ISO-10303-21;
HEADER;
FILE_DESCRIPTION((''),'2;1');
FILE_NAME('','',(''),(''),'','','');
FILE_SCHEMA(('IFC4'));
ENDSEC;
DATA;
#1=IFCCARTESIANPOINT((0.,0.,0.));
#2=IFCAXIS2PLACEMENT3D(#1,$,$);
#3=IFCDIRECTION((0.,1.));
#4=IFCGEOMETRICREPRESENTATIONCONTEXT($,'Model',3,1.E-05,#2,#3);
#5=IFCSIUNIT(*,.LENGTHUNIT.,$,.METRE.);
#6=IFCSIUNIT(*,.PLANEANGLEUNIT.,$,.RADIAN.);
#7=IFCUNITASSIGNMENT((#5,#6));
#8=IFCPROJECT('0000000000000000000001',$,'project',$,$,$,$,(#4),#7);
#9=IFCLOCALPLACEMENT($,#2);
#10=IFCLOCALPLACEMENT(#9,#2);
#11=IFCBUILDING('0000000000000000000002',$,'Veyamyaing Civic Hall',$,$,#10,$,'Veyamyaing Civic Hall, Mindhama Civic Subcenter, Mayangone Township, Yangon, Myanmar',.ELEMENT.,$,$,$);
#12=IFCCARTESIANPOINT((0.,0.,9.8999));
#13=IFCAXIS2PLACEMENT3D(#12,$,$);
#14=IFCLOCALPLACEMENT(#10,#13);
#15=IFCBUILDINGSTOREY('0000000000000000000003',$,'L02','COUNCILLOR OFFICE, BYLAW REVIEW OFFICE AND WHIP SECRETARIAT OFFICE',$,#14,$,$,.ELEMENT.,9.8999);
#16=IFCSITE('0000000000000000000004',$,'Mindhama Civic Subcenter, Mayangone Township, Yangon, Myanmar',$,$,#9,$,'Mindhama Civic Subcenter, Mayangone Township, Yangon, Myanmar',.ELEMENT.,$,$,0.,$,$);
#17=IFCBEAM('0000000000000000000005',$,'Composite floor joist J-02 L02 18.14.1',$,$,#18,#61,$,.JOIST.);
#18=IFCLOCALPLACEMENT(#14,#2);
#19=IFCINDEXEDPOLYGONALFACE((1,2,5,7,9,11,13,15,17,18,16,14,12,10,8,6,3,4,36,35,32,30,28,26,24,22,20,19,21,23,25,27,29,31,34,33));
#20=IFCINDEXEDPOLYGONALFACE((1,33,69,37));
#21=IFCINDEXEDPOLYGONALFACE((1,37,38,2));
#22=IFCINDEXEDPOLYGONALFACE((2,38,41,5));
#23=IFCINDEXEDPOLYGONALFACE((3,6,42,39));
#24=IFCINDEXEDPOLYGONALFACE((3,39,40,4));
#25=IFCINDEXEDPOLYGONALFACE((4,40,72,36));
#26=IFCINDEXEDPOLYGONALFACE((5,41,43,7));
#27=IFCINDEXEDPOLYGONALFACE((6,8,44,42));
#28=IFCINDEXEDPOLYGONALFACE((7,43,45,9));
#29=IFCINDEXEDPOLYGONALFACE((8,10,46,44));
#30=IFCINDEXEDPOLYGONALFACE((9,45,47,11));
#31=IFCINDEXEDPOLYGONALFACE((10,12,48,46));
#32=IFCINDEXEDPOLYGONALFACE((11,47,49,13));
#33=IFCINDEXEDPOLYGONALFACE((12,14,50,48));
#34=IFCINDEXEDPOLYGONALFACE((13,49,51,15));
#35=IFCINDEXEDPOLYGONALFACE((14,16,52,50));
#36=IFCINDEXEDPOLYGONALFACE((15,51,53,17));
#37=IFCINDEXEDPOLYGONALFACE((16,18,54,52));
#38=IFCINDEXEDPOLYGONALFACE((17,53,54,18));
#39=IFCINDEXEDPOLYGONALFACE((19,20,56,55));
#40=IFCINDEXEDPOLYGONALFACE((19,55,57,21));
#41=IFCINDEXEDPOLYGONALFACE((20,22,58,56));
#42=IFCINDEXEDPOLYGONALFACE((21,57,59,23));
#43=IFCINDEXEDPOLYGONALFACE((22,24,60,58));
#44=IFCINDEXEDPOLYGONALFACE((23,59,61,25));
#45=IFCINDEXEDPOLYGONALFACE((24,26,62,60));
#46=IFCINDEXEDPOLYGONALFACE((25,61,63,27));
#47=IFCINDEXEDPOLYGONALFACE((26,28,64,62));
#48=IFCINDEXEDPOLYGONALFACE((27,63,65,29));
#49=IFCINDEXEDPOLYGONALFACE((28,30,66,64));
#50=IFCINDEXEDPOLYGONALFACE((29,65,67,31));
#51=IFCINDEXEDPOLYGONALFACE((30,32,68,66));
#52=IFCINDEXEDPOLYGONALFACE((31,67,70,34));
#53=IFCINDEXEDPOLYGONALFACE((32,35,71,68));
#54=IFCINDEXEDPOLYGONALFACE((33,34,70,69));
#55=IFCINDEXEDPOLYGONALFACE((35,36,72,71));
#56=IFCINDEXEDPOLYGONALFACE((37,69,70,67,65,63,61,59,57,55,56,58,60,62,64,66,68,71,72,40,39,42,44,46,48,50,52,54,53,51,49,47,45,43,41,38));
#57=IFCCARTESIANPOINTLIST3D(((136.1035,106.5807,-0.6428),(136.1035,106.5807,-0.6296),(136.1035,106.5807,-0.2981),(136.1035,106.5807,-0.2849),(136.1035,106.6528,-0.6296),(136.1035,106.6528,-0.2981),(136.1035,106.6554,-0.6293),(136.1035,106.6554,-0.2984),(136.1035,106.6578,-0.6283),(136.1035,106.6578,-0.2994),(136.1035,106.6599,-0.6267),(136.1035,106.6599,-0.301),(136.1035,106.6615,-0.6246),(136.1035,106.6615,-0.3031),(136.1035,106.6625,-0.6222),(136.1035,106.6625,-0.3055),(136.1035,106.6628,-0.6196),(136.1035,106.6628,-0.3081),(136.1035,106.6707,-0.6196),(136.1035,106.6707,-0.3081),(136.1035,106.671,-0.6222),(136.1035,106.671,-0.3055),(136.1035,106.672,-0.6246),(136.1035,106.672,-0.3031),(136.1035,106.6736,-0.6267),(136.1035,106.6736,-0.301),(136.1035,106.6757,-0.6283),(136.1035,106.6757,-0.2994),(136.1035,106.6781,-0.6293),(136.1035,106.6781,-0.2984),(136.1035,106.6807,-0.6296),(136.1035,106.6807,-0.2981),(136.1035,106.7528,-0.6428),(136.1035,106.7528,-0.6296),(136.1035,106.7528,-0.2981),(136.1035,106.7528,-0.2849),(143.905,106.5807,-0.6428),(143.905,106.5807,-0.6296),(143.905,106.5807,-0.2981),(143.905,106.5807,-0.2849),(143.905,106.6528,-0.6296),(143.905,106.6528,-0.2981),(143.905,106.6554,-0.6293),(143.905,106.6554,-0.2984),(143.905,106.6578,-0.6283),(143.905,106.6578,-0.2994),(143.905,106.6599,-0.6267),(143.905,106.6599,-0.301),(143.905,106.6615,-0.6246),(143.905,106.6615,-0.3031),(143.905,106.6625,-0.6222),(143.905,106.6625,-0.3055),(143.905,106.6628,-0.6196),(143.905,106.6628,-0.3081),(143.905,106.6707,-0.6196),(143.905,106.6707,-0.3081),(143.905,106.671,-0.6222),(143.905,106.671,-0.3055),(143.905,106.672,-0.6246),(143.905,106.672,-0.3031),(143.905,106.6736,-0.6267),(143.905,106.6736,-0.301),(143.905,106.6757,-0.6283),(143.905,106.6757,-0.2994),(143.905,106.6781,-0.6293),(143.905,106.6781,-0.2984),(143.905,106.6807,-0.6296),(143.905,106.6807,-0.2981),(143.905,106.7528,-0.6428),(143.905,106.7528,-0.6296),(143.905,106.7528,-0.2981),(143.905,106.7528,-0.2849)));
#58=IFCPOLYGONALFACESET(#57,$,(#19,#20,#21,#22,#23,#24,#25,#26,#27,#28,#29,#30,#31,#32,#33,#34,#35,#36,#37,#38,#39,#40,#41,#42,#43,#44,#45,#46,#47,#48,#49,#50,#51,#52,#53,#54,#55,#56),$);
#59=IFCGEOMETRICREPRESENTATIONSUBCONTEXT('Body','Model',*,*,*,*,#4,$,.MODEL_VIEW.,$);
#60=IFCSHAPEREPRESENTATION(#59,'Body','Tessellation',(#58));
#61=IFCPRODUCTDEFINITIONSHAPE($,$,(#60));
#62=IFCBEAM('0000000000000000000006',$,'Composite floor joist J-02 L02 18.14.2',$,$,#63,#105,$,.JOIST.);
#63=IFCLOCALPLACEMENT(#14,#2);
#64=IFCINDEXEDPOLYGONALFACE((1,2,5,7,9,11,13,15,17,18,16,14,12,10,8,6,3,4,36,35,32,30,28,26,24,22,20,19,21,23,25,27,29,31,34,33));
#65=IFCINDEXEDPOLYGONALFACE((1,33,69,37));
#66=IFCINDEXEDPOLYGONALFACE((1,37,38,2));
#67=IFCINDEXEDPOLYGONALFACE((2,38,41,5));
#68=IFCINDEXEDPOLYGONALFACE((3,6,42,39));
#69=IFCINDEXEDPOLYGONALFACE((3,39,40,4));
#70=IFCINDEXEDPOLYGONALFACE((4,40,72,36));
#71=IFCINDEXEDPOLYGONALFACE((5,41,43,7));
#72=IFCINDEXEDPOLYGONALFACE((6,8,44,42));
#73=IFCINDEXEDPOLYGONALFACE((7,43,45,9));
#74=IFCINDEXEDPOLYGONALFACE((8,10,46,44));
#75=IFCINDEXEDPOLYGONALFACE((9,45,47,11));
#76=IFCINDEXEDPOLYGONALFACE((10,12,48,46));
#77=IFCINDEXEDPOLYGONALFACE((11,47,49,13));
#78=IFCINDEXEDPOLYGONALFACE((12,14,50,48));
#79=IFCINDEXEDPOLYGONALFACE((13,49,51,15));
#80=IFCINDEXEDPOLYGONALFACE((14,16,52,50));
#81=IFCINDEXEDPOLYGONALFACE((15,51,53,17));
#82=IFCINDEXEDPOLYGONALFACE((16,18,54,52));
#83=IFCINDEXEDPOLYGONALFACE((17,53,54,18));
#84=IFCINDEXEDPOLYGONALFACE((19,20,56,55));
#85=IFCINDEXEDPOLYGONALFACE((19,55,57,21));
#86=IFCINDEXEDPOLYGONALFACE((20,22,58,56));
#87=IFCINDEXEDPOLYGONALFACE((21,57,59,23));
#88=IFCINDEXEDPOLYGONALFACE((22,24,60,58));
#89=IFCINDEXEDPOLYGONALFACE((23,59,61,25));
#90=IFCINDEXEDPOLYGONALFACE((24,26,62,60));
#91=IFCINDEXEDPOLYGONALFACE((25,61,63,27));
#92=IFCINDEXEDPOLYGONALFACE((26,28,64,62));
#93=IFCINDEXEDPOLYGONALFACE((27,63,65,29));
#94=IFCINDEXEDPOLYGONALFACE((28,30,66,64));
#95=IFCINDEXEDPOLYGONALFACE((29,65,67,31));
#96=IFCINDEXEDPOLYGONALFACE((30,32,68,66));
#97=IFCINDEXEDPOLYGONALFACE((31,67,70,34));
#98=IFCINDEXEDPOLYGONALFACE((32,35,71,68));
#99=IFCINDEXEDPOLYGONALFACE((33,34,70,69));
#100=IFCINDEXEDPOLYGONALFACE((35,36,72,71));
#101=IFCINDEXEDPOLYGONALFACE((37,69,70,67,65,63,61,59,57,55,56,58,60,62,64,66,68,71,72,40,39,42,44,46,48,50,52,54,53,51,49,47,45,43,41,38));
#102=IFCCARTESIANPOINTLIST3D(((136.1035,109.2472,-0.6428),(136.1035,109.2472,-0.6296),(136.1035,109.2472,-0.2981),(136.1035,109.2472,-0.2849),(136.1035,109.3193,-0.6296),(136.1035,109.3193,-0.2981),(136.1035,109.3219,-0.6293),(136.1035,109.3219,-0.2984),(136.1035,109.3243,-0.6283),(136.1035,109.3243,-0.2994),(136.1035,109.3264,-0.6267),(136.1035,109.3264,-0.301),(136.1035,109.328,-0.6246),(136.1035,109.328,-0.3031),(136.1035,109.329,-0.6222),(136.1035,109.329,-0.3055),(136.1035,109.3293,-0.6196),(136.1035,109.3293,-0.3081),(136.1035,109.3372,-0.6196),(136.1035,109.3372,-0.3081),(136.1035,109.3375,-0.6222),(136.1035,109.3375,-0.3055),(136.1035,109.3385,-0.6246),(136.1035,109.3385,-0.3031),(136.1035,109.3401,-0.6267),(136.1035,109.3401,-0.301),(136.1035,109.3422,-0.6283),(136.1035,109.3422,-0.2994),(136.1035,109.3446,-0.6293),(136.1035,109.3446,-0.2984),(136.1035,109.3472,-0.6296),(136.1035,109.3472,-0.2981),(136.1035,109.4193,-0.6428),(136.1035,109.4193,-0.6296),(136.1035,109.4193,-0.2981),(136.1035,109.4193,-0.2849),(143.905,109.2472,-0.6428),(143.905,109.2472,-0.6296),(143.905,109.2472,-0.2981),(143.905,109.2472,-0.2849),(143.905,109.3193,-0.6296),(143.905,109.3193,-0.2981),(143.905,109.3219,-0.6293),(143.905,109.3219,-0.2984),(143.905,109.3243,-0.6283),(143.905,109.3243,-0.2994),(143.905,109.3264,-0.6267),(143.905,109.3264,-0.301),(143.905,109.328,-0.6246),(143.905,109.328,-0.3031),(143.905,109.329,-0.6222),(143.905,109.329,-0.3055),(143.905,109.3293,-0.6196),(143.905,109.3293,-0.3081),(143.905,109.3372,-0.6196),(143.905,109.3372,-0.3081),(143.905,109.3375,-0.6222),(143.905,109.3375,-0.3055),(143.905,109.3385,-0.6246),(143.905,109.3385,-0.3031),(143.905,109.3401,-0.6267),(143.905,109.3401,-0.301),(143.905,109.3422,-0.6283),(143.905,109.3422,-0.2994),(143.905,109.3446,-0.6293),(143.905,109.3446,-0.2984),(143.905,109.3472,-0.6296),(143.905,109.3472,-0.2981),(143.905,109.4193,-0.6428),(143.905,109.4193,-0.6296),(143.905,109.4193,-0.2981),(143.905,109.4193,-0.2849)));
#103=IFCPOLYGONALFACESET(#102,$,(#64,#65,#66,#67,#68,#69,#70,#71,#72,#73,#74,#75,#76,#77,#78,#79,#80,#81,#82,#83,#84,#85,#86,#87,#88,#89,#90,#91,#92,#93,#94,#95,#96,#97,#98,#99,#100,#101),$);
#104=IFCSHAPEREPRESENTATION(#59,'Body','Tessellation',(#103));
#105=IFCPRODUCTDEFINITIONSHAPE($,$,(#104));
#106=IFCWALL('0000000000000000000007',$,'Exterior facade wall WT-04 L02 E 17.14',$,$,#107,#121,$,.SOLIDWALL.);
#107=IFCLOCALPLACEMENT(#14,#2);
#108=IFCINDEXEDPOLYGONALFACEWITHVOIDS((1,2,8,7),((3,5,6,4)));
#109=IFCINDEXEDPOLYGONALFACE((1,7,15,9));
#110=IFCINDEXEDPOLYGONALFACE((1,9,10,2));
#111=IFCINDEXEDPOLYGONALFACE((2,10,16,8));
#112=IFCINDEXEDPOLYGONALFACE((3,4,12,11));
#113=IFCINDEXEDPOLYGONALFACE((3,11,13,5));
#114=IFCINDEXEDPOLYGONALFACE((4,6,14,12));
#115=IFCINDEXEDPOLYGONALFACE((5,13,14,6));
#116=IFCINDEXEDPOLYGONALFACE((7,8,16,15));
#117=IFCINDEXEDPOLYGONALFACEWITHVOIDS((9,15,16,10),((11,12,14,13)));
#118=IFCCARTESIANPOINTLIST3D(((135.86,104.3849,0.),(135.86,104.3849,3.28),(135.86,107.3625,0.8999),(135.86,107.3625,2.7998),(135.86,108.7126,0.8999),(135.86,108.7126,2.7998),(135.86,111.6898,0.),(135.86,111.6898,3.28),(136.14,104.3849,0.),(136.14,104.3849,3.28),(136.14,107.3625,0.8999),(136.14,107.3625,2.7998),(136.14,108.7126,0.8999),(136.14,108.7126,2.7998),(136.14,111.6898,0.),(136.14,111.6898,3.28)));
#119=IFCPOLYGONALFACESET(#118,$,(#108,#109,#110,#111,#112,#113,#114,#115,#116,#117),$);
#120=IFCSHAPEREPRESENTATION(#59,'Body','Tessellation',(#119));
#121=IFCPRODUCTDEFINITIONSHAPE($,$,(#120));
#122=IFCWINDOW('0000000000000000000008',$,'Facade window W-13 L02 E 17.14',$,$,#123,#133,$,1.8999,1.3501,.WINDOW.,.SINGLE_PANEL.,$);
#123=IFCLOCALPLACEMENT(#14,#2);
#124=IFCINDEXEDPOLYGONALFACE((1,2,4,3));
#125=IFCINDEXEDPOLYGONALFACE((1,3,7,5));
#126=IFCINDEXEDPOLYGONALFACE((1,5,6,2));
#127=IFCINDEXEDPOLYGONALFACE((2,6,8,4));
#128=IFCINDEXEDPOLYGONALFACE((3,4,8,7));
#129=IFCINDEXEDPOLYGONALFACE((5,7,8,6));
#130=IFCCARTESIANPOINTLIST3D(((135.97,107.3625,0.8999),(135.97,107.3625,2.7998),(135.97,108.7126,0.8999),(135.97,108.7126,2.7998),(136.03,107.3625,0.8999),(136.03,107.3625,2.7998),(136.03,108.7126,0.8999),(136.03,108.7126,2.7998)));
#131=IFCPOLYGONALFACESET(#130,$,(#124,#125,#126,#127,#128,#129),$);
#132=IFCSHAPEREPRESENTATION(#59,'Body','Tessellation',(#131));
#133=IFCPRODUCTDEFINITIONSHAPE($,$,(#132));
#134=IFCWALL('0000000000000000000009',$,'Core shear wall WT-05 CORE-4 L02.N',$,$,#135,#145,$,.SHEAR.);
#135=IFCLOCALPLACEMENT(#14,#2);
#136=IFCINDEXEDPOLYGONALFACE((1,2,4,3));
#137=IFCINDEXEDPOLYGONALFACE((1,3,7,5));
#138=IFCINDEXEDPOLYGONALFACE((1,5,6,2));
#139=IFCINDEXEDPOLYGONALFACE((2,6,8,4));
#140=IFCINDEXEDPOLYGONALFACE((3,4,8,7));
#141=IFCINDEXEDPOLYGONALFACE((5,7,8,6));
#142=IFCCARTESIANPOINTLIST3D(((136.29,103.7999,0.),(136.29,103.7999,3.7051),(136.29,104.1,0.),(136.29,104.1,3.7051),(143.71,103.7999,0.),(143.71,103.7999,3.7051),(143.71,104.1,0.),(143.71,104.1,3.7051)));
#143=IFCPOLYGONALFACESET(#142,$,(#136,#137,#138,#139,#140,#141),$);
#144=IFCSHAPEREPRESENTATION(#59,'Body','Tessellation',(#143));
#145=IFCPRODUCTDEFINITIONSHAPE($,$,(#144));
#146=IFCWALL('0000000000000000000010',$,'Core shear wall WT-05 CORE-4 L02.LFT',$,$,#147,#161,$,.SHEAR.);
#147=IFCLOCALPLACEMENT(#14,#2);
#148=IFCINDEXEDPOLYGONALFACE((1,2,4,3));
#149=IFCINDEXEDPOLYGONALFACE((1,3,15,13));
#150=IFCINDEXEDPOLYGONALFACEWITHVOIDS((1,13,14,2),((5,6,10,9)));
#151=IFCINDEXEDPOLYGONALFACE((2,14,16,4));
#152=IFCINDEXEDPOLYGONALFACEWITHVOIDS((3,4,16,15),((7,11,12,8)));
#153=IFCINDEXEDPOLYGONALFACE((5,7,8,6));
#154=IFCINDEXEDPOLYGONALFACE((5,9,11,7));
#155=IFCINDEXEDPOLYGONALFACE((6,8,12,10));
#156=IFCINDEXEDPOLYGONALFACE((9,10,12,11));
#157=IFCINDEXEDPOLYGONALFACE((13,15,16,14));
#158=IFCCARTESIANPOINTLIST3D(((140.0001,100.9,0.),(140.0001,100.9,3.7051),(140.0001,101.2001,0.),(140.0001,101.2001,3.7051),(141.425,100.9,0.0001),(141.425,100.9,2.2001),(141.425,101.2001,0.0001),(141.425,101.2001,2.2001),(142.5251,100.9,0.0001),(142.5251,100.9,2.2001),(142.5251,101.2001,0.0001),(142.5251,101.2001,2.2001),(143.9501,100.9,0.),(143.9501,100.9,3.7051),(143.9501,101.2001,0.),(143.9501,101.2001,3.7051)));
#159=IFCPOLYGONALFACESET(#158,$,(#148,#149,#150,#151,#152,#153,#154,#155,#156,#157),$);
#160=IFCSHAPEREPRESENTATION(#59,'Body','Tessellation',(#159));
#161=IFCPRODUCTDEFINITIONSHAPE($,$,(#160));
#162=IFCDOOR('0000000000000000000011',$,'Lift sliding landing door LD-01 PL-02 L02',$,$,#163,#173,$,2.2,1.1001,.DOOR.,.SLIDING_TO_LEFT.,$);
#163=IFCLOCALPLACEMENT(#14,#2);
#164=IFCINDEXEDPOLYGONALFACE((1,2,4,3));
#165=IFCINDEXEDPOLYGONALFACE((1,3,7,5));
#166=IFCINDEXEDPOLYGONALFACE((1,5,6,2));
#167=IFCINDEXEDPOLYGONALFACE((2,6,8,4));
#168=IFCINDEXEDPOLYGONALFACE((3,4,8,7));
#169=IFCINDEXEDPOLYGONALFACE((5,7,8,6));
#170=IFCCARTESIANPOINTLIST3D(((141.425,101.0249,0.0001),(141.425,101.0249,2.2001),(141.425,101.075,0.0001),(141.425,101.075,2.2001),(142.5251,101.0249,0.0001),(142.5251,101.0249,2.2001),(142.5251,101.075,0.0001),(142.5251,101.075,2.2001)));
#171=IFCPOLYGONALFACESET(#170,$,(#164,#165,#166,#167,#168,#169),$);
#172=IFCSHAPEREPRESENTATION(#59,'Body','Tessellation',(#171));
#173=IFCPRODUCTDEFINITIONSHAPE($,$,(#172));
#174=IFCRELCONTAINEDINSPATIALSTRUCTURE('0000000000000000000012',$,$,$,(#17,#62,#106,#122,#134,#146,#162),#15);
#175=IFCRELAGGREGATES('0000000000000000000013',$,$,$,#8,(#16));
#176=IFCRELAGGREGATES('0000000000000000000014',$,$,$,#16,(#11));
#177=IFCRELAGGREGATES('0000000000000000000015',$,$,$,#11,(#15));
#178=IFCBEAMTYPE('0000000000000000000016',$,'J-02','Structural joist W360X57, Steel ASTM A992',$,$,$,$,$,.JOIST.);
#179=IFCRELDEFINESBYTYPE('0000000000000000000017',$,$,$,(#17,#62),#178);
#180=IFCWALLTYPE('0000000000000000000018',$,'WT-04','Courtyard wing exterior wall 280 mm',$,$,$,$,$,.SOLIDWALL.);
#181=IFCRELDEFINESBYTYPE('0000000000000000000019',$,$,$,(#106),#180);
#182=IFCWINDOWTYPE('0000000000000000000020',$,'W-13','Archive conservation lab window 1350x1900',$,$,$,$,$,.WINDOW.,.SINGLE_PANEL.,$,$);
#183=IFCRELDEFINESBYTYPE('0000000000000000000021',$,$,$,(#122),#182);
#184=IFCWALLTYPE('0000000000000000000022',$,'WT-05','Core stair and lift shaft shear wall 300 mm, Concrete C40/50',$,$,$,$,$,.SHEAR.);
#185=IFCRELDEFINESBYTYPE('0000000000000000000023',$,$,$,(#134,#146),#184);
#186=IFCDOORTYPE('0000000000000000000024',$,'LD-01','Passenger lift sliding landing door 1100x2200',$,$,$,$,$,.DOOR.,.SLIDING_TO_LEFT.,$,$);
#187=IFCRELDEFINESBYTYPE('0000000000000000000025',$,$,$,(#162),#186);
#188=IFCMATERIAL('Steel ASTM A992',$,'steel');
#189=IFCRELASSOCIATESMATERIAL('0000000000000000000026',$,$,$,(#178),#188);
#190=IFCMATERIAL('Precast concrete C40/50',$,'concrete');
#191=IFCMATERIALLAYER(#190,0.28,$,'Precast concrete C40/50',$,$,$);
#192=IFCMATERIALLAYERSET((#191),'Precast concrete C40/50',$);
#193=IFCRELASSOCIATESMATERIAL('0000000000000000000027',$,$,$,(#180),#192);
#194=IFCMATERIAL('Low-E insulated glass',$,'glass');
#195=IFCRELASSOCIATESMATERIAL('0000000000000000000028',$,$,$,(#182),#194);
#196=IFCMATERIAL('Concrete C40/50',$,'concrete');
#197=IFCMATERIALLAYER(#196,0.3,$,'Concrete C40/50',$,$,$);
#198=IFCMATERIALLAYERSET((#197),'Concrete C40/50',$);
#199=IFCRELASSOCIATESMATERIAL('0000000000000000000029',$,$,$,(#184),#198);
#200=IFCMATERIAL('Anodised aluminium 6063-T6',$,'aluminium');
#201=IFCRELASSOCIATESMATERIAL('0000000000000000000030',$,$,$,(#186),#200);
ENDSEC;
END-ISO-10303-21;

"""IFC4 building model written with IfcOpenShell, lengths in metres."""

from ifc_helpers import new_model, si_unit, direction, frame, frame_2d, origin, origin_2d, place, context, subcontext, project, spatial, rectangle, i_section, extrude, material, layer, layer_set, material_profile, profile_set, type_object, element, fill, save


model = new_model("IFC4")

# Units and contexts
model_context = context("Model", 3, precision=1e-05, world=origin(), true_north=direction((0.0, 1.0)))
body_context = subcontext(model_context, "Body", "Model", "MODEL_VIEW")
ifc_project = project(units=[si_unit("LENGTHUNIT", "METRE"), si_unit("PLANEANGLEUNIT", "RADIAN")], contexts=[model_context])

# Site, building, storey
site_placement = place(None, origin())
site = spatial("IfcSite", under=ifc_project, at=site_placement, Name="Mindhama Civic Subcenter, Mayangone Township, Yangon, Myanmar", LongName="Mindhama Civic Subcenter, Mayangone Township, Yangon, Myanmar", CompositionType="ELEMENT", RefElevation=0.0)
building_placement = place(site_placement, origin())
building = spatial("IfcBuilding", under=site, at=building_placement, Name="Veyamyaing Civic Hall", LongName="Veyamyaing Civic Hall, Mindhama Civic Subcenter, Mayangone Township, Yangon, Myanmar", CompositionType="ELEMENT")
storey_placement = place(building_placement, frame((0.0, 0.0, 9.8999)))
storey = spatial("IfcBuildingStorey", under=building, at=storey_placement, Name="L02", Description="COUNCILLOR OFFICE, BYLAW REVIEW OFFICE AND WHIP SECRETARIAT OFFICE", CompositionType="ELEMENT", Elevation=9.8999)

# Beams
ifc_material_1 = material(Name="Steel ASTM A992", Category="steel")
ifc_material_profile_1 = material_profile(ifc_material_1, i_section(OverallWidth=0.1721, OverallDepth=0.3579, WebThickness=0.0078, FlangeThickness=0.0132, FilletRadius=0.01, at=origin_2d()), Name="W360X57")
ifc_profile_set_1 = profile_set([ifc_material_profile_1], Name="Steel ASTM A992")
beam_type_1 = type_object("IfcBeamType", Name="J-02", Description="Structural joist W360X57, Steel ASTM A992", PredefinedType="JOIST", material=ifc_profile_set_1)
for number, where, z_axis, x_axis, name in (
    (1, (136.1035, 106.6667, -0.4639), (1.0, 0.0, 0.0), (0.0, 1.0, 0.0), "Composite floor joist J-02 L02 18.14.1"),
    (2, (136.1035, 109.3333, -0.4639), (1.0, 0.0, 0.0), (0.0, 1.0, 0.0), "Composite floor joist J-02 L02 18.14.2"),
):
    element("IfcBeam", number, at=place(storey_placement, frame(where, z_axis=z_axis, x_axis=x_axis)), inside=storey, type_object=beam_type_1, Name=name, PredefinedType="JOIST", context=body_context, shape_type="SweptSolid", body=[
        extrude(i_section(OverallWidth=0.1721, OverallDepth=0.3579, WebThickness=0.0078, FlangeThickness=0.0132, FilletRadius=0.01, at=origin_2d()), origin(), (0.0, 0.0, 1.0), 7.8015),
    ])

# Wall, opening, window
ifc_material_2 = material(Name="Precast concrete C40/50", Category="concrete")
ifc_layer_1 = layer(ifc_material_2, 0.28, Name="Precast concrete C40/50")
ifc_layer_set_1 = layer_set([ifc_layer_1], Name="Precast concrete C40/50")
wall_type_1 = type_object("IfcWallType", Name="WT-04", Description="Courtyard wing exterior wall 280 mm", PredefinedType="SOLIDWALL", material=ifc_layer_set_1)
wall_1_placement = place(storey_placement, frame((136.0, 104.385, 0.0), z_axis=(0.0, 0.0, 1.0), x_axis=(0.0, 1.0, 0.0)))
wall_1 = element("IfcWall", 3, at=wall_1_placement, inside=storey, type_object=wall_type_1, Name="Exterior facade wall WT-04 L02 E 17.14", PredefinedType="SOLIDWALL", context=body_context, shape_type="SweptSolid", body=[
    extrude(rectangle(XDim=7.3049, YDim=0.28, at=frame_2d((3.6523, 0.0))), origin(), (0.0, 0.0, 1.0), 3.28),
])
opening_1_placement = place(wall_1_placement, frame((2.9775, 0.0, 0.8999)))
opening_1 = element("IfcOpeningElement", 4, at=opening_1_placement, cuts=wall_1, PredefinedType="OPENING", context=body_context, shape_type="SweptSolid", body=[
    extrude(rectangle(XDim=1.3501, YDim=1.8999, at=frame_2d((0.675, 0.95))), frame((0.0, 0.1499, 0.0), z_axis=(0.0, -1.0, 0.0), x_axis=(1.0, 0.0, 0.0)), (0.0, 0.0, 1.0), 0.3),
])
ifc_material_3 = material(Name="Low-E insulated glass", Category="glass")
window_type = type_object("IfcWindowType", Name="W-13", Description="Archive conservation lab window 1350x1900", PartitioningType="SINGLE_PANEL", PredefinedType="WINDOW", material=ifc_material_3)
window_placement = place(opening_1_placement, origin())
window = element("IfcWindow", 5, at=window_placement, inside=storey, type_object=window_type, Name="Facade window W-13 L02 E 17.14", OverallHeight=1.8999, OverallWidth=1.3501, PartitioningType="SINGLE_PANEL", PredefinedType="WINDOW", context=body_context, shape_type="SweptSolid", body=[
    extrude(rectangle(XDim=1.3501, YDim=1.8999, at=frame_2d((0.675, 0.95))), frame((0.0, 0.03, 0.0), z_axis=(0.0, -1.0, 0.0), x_axis=(1.0, 0.0, 0.0)), (0.0, 0.0, 1.0), 0.0601),
])
fill(opening_1, window)

# Wall
ifc_material_4 = material(Name="Concrete C40/50", Category="concrete")
ifc_layer_2 = layer(ifc_material_4, 0.3, Name="Concrete C40/50")
ifc_layer_set_2 = layer_set([ifc_layer_2], Name="Concrete C40/50")
wall_type_2 = type_object("IfcWallType", Name="WT-05", Description="Core stair and lift shaft shear wall 300 mm, Concrete C40/50", PredefinedType="SHEAR", material=ifc_layer_set_2)
wall_2_placement = place(storey_placement, frame((136.29, 103.95, 0.0), z_axis=(0.0, 0.0, 1.0), x_axis=(1.0, 0.0, 0.0)))
element("IfcWall", 6, at=wall_2_placement, inside=storey, type_object=wall_type_2, Name="Core shear wall WT-05 CORE-4 L02.N", PredefinedType="SHEAR", context=body_context, shape_type="SweptSolid", body=[
    extrude(rectangle(XDim=7.4199, YDim=0.3, at=frame_2d((3.71, 0.0))), origin(), (0.0, 0.0, 1.0), 3.7051),
])

# Wall, opening, door
wall_3_placement = place(storey_placement, frame((140.0, 101.05, 0.0), z_axis=(0.0, 0.0, 1.0), x_axis=(1.0, 0.0, 0.0)))
wall_3 = element("IfcWall", 7, at=wall_3_placement, inside=storey, type_object=wall_type_2, Name="Core shear wall WT-05 CORE-4 L02.LFT", PredefinedType="SHEAR", context=body_context, shape_type="SweptSolid", body=[
    extrude(rectangle(XDim=3.95, YDim=0.3, at=frame_2d((1.9751, 0.0))), origin(), (0.0, 0.0, 1.0), 3.7051),
])
opening_2_placement = place(wall_3_placement, frame((1.425, 0.0, 0.0)))
opening_2 = element("IfcOpeningElement", 8, at=opening_2_placement, cuts=wall_3, PredefinedType="OPENING", context=body_context, shape_type="SweptSolid", body=[
    extrude(rectangle(XDim=1.1001, YDim=2.2, at=frame_2d((0.55, 1.1001))), frame((0.0, 0.1599, 0.0), z_axis=(0.0, -1.0, 0.0), x_axis=(1.0, 0.0, 0.0)), (0.0, 0.0, 1.0), 0.3201),
])
ifc_material_5 = material(Name="Anodised aluminium 6063-T6", Category="aluminium")
door_type = type_object("IfcDoorType", Name="LD-01", Description="Passenger lift sliding landing door 1100x2200", OperationType="SLIDING_TO_LEFT", PredefinedType="DOOR", material=ifc_material_5)
door_placement = place(opening_2_placement, origin())
door = element("IfcDoor", 9, at=door_placement, inside=storey, type_object=door_type, Name="Lift sliding landing door LD-01 PL-02 L02", OperationType="SLIDING_TO_LEFT", OverallHeight=2.2, OverallWidth=1.1001, PredefinedType="DOOR", context=body_context, shape_type="SweptSolid", body=[
    extrude(rectangle(XDim=1.1001, YDim=2.2, at=frame_2d((0.55, 1.1001))), frame((0.0, 0.0249, 0.0), z_axis=(0.0, -1.0, 0.0), x_axis=(1.0, 0.0, 0.0)), (0.0, 0.0, 1.0), 0.05),
])
fill(opening_2, door)

save(model, "model.ifc")
